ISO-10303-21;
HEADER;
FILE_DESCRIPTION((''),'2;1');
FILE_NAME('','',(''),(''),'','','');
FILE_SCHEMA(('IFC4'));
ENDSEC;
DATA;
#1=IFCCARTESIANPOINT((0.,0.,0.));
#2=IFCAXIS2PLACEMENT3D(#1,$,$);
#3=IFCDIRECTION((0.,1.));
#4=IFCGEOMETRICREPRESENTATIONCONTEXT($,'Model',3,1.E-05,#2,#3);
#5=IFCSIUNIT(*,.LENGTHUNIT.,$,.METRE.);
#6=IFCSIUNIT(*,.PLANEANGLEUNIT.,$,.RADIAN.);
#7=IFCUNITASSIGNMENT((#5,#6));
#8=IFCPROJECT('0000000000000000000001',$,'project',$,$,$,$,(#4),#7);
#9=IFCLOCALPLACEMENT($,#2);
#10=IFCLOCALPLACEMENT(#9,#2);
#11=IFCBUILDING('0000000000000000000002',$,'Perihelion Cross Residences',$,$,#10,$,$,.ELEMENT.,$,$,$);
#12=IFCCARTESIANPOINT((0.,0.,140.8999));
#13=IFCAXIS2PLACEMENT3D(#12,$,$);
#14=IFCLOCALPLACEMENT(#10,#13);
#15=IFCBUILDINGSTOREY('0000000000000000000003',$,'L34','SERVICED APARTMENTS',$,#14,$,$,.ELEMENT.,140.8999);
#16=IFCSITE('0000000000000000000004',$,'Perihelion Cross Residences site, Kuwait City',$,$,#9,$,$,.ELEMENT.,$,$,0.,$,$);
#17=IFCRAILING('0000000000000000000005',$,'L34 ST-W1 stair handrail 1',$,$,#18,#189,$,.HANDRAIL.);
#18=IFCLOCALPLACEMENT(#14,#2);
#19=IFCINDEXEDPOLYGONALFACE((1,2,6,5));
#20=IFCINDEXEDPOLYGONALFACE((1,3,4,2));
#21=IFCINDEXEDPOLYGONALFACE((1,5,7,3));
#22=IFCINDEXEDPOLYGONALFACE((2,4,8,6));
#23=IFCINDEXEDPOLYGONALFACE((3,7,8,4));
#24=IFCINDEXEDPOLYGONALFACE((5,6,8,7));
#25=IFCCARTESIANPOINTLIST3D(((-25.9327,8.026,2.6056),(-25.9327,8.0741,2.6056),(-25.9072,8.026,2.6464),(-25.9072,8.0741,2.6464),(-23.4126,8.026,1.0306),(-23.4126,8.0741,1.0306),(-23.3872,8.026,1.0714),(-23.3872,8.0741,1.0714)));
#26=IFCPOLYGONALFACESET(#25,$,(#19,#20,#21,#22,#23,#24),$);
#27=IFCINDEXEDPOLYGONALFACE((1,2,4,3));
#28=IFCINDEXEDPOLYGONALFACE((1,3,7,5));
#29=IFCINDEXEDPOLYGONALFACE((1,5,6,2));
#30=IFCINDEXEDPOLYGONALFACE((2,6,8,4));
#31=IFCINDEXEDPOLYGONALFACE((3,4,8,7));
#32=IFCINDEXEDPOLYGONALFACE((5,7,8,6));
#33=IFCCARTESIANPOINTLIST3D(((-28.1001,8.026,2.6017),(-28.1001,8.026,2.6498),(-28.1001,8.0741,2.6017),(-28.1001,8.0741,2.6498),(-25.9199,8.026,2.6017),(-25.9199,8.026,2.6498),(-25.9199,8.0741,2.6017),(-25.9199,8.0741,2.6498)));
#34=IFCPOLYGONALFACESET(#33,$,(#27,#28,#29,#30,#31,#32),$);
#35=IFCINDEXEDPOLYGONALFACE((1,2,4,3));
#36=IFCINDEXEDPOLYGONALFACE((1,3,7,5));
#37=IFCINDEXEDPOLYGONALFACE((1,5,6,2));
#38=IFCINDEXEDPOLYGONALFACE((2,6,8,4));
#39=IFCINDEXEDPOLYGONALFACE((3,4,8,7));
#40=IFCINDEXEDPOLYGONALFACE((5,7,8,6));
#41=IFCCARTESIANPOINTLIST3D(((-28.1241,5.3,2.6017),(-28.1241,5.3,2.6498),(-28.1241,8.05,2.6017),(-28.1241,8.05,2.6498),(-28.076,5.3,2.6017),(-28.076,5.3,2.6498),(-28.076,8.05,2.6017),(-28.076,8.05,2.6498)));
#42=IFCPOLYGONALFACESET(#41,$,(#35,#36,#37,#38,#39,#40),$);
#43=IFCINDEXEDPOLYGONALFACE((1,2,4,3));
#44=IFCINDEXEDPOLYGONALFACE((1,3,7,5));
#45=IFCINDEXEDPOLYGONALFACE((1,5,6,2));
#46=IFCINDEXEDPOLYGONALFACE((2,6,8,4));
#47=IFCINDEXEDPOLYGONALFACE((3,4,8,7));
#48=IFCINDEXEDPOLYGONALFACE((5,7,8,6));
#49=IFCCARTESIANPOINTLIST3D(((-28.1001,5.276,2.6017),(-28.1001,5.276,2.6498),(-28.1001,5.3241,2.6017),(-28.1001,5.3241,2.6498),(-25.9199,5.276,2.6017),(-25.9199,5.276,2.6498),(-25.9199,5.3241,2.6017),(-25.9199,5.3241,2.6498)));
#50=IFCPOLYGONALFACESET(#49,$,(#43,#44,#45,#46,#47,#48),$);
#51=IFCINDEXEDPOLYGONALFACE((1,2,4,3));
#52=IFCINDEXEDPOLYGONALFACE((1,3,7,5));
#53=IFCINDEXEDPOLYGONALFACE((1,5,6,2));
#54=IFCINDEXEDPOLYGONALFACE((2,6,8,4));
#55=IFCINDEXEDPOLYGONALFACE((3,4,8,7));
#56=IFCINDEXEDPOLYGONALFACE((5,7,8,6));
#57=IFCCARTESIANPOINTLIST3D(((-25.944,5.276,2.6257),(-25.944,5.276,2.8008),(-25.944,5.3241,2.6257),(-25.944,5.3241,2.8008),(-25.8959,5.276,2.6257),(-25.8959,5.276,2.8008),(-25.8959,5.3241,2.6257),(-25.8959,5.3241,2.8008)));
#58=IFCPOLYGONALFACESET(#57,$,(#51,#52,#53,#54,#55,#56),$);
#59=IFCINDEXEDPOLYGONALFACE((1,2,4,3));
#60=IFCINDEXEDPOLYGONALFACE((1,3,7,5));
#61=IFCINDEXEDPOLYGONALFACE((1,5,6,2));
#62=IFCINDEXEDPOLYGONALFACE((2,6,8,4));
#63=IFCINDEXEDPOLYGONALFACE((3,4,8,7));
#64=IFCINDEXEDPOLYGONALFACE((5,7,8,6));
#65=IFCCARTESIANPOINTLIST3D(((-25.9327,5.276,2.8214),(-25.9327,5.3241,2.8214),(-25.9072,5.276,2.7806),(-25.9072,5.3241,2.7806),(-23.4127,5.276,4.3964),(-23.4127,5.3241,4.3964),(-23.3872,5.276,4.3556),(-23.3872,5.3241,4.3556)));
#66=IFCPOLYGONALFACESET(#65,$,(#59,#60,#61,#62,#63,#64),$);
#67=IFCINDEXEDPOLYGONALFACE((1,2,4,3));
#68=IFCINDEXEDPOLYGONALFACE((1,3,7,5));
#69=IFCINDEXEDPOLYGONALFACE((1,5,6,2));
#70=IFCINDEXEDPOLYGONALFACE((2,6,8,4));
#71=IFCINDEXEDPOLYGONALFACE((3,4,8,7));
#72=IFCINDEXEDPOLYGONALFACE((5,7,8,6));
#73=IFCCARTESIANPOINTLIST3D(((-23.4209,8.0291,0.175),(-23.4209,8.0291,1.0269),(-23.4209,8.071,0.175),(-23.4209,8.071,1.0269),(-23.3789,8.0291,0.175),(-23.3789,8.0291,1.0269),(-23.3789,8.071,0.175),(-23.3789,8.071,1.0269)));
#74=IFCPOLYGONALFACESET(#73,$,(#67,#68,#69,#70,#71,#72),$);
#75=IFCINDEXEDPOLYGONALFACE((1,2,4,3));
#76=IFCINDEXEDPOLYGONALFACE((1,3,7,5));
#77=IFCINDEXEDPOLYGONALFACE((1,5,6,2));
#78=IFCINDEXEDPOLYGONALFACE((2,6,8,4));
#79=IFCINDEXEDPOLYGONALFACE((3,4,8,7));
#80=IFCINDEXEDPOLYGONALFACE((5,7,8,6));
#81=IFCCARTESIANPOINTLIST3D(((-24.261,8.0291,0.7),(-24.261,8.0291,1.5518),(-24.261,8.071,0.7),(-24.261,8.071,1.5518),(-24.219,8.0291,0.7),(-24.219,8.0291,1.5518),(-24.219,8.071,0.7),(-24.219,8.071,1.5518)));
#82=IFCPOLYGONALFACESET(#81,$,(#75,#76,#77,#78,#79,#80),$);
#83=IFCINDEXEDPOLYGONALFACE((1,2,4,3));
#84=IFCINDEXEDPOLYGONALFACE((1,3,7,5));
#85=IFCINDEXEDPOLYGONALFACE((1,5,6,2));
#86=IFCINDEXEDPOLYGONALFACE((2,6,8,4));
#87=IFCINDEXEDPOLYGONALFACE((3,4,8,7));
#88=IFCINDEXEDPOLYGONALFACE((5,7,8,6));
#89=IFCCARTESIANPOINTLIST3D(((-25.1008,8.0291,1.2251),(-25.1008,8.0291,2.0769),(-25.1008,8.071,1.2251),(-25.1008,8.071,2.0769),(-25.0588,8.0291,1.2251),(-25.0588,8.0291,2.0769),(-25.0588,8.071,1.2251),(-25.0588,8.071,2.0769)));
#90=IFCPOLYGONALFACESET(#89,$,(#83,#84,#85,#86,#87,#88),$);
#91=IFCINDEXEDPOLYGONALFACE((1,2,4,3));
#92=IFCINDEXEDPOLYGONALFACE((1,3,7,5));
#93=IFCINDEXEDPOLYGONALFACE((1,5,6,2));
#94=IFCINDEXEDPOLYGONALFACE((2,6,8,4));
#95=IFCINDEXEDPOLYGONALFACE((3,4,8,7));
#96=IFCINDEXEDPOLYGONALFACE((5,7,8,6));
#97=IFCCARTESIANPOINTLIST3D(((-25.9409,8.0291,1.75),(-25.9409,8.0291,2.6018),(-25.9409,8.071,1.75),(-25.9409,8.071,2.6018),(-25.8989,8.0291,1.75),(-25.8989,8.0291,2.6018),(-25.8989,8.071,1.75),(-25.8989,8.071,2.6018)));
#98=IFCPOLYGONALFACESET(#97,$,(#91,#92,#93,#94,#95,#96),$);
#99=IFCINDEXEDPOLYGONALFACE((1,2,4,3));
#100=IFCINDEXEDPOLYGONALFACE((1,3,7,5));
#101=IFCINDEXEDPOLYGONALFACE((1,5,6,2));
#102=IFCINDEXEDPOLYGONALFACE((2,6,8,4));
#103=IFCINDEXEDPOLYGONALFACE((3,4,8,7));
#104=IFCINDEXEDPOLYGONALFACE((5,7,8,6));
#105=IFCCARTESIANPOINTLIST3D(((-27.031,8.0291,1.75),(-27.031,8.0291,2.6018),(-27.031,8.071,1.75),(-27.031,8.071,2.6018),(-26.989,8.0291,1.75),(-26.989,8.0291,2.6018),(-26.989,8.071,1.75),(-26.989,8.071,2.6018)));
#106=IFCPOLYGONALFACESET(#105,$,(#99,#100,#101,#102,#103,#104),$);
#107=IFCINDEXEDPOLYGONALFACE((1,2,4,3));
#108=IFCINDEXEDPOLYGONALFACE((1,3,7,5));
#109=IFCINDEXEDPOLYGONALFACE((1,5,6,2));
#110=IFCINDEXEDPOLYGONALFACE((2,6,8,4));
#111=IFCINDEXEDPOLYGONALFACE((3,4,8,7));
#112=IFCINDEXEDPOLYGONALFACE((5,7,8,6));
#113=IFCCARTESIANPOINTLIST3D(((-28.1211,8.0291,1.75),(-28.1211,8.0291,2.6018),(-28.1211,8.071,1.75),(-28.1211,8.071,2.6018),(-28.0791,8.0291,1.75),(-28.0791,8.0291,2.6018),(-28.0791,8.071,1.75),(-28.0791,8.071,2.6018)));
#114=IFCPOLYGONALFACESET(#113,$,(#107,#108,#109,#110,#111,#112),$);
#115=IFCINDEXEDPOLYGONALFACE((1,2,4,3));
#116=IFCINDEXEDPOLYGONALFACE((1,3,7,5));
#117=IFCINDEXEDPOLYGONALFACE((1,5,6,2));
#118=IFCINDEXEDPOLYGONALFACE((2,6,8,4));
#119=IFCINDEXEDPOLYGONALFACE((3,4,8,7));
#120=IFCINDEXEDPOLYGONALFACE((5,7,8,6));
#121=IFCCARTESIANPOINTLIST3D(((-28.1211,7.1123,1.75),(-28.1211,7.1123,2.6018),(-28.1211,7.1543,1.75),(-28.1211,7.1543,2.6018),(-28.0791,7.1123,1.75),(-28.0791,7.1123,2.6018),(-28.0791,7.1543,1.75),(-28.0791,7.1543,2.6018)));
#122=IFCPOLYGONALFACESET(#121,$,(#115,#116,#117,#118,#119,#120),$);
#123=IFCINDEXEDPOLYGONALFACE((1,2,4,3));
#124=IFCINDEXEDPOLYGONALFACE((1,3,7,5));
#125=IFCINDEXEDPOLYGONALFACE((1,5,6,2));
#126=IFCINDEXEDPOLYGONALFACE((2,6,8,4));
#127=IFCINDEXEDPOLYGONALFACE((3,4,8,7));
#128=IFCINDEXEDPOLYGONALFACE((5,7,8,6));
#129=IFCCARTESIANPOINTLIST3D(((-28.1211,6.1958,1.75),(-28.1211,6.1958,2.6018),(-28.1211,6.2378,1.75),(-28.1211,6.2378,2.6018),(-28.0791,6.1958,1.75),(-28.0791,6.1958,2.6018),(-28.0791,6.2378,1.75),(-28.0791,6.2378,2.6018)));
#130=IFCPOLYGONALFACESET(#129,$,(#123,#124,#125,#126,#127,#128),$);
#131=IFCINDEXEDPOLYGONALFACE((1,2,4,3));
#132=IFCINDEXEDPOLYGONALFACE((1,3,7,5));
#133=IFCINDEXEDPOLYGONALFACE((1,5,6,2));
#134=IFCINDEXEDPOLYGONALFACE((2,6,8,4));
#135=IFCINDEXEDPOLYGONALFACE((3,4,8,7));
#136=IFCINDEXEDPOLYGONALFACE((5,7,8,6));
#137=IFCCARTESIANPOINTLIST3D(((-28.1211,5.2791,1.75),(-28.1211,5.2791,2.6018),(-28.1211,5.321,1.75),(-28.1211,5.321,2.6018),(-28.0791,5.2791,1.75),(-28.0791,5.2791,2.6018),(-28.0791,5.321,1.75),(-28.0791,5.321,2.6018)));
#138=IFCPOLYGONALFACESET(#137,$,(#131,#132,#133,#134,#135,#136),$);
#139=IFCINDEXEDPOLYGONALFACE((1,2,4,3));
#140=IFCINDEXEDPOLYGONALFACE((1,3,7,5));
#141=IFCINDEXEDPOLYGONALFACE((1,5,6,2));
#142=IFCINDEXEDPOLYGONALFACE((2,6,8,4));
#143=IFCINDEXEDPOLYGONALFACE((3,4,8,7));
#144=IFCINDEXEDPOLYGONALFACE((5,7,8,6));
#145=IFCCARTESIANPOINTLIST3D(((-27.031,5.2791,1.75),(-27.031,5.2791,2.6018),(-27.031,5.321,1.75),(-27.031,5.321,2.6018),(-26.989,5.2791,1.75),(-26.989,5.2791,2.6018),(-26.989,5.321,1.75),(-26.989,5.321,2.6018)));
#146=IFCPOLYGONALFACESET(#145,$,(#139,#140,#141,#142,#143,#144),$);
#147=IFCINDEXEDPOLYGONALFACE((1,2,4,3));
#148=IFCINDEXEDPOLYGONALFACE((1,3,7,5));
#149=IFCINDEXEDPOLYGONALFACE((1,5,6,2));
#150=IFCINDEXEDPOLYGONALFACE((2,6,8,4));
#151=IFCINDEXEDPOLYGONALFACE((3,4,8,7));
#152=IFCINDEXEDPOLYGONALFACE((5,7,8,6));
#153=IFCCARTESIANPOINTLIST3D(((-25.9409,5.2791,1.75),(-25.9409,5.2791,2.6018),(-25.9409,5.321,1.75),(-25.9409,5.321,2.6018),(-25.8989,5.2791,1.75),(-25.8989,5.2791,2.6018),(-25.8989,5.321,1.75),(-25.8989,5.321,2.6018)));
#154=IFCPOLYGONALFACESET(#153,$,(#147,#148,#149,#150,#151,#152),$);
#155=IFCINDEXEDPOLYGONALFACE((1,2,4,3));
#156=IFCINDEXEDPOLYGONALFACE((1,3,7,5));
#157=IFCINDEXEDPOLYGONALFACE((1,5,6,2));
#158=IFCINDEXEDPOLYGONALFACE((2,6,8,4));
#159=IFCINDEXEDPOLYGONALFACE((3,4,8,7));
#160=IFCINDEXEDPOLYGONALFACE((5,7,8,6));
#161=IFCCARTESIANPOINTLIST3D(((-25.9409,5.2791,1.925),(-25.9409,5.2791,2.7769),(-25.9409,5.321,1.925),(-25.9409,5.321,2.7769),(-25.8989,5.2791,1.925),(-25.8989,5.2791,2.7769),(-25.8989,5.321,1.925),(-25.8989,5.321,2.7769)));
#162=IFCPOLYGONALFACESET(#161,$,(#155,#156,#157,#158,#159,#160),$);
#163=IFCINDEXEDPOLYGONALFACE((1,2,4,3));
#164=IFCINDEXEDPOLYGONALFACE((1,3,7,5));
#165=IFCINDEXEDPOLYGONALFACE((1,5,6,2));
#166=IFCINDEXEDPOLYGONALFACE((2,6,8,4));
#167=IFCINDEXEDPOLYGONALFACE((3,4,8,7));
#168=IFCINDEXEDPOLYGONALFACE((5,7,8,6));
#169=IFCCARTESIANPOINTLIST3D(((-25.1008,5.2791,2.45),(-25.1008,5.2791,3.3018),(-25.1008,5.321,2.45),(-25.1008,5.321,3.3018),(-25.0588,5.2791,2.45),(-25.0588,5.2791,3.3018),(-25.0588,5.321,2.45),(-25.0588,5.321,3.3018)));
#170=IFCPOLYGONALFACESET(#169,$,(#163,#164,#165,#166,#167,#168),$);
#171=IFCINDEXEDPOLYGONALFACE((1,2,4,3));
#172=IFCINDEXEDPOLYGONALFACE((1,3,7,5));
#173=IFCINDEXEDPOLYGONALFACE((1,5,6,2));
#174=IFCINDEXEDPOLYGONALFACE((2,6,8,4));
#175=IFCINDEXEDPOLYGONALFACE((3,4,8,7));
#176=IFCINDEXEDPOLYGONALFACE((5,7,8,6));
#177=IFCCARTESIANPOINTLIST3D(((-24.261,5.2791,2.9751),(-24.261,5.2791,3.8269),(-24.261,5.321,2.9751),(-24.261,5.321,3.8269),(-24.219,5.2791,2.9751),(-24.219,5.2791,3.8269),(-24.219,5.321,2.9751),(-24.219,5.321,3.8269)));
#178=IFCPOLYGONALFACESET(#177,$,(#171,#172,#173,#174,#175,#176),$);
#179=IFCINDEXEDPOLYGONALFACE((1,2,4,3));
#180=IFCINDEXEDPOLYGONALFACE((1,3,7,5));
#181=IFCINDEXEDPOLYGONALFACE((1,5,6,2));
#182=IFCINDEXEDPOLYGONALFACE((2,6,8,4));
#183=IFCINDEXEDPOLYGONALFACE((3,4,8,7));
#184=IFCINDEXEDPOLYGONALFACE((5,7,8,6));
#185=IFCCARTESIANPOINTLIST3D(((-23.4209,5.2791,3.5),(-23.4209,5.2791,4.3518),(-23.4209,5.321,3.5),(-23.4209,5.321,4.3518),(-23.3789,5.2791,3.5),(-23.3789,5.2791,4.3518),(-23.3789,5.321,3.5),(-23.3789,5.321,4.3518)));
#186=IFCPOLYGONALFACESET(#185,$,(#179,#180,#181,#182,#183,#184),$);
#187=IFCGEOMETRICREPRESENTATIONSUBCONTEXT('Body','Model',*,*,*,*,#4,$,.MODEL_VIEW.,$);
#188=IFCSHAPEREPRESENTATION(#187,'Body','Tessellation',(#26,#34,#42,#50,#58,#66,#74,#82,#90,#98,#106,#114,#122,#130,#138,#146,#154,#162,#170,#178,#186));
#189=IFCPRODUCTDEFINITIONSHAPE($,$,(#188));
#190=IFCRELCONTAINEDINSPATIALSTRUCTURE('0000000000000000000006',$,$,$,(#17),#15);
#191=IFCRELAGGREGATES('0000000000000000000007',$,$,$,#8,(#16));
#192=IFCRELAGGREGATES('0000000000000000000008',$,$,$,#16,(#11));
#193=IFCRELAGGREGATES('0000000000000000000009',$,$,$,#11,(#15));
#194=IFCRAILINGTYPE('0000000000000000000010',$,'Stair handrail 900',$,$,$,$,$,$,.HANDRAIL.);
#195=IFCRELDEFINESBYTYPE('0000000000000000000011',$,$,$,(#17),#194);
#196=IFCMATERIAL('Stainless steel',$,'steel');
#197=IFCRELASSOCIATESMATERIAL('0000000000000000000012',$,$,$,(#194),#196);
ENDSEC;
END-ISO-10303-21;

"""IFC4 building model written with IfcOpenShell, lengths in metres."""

from ifc_helpers import new_model, si_unit, direction, frame, origin, origin_2d, place, context, subcontext, project, spatial, rectangle, extrude, material, type_object, element, save


model = new_model("IFC4")

# Units and contexts
model_context = context("Model", 3, precision=1e-05, world=origin(), true_north=direction((0.0, 1.0)))
body_context = subcontext(model_context, "Body", "Model", "MODEL_VIEW")
ifc_project = project(units=[si_unit("LENGTHUNIT", "METRE"), si_unit("PLANEANGLEUNIT", "RADIAN")], contexts=[model_context])

# Site, building, storey
site_placement = place(None, origin())
site = spatial("IfcSite", under=ifc_project, at=site_placement, Name="Perihelion Cross Residences site, Kuwait City", CompositionType="ELEMENT", RefElevation=0.0)
building_placement = place(site_placement, origin())
building = spatial("IfcBuilding", under=site, at=building_placement, Name="Perihelion Cross Residences", CompositionType="ELEMENT")
storey_placement = place(building_placement, frame((0.0, 0.0, 140.8999)))
storey = spatial("IfcBuildingStorey", under=building, at=storey_placement, Name="L34", Description="SERVICED APARTMENTS", CompositionType="ELEMENT", Elevation=140.8999)

# Railing
ifc_material_1 = material(Name="Stainless steel", Category="steel")
railing_type_1 = type_object("IfcRailingType", Name="Stair handrail 900", PredefinedType="HANDRAIL", material=ifc_material_1)
railing_1_placement = place(storey_placement, frame((-23.3999, 8.05, 0.175)))
element("IfcRailing", 1, at=railing_1_placement, inside=storey, type_object=railing_type_1, Name="L34 ST-W1 stair handrail 1", PredefinedType="HANDRAIL", context=body_context, shape_type="SweptSolid", body=[
    extrude(rectangle(XDim=0.0481, YDim=0.0481, at=origin_2d()), frame((0.0, 0.0, 0.876), z_axis=(-0.848008, 0.0, 0.529984), x_axis=(0.0, -1.0, 0.0)), (0.0, 0.0, 1.0), 2.9717),
    extrude(rectangle(XDim=0.0481, YDim=0.0481, at=origin_2d()), frame((-2.52, 0.0, 2.4507), z_axis=(-1.0, 0.0, 0.0), x_axis=(0.0, -1.0, 0.0)), (0.0, 0.0, 1.0), 2.1802),
    extrude(rectangle(XDim=0.0481, YDim=0.0481, at=origin_2d()), frame((-4.7002, 0.0, 2.4507), z_axis=(0.0, -1.0, 0.0), x_axis=(1.0, 0.0, 0.0)), (0.0, 0.0, 1.0), 2.75),
    extrude(rectangle(XDim=0.0481, YDim=0.0481, at=origin_2d()), frame((-4.7002, -2.75, 2.4507), z_axis=(1.0, 0.0, 0.0), x_axis=(0.0, 1.0, 0.0)), (0.0, 0.0, 1.0), 2.1802),
    extrude(rectangle(XDim=0.0481, YDim=0.0481, at=origin_2d()), frame((-2.52, -2.75, 2.4507), z_axis=(0.0, 0.0, 1.0), x_axis=(1.0, 0.0, 0.0)), (0.0, 0.0, 1.0), 0.175),
    extrude(rectangle(XDim=0.0481, YDim=0.0481, at=origin_2d()), frame((-2.52, -2.75, 2.626), z_axis=(0.848008, 0.0, 0.529984), x_axis=(0.0, 1.0, 0.0)), (0.0, 0.0, 1.0), 2.9717),
    extrude(rectangle(XDim=0.042, YDim=0.042, at=origin_2d()), origin(), (0.0, 0.0, 1.0), 0.8518),
    extrude(rectangle(XDim=0.042, YDim=0.042, at=origin_2d()), frame((-0.8401, 0.0, 0.5249)), (0.0, 0.0, 1.0), 0.8518),
    extrude(rectangle(XDim=0.042, YDim=0.042, at=origin_2d()), frame((-1.6799, 0.0, 1.05)), (0.0, 0.0, 1.0), 0.8518),
    extrude(rectangle(XDim=0.042, YDim=0.042, at=origin_2d()), frame((-2.52, 0.0, 1.575)), (0.0, 0.0, 1.0), 0.8518),
    extrude(rectangle(XDim=0.042, YDim=0.042, at=origin_2d()), frame((-3.6101, 0.0, 1.575)), (0.0, 0.0, 1.0), 0.8518),
    extrude(rectangle(XDim=0.042, YDim=0.042, at=origin_2d()), frame((-4.7002, 0.0, 1.575)), (0.0, 0.0, 1.0), 0.8518),
    extrude(rectangle(XDim=0.042, YDim=0.042, at=origin_2d()), frame((-4.7002, -0.9167, 1.575)), (0.0, 0.0, 1.0), 0.8518),
    extrude(rectangle(XDim=0.042, YDim=0.042, at=origin_2d()), frame((-4.7002, -1.8333, 1.575)), (0.0, 0.0, 1.0), 0.8518),
    extrude(rectangle(XDim=0.042, YDim=0.042, at=origin_2d()), frame((-4.7002, -2.75, 1.575)), (0.0, 0.0, 1.0), 0.8518),
    extrude(rectangle(XDim=0.042, YDim=0.042, at=origin_2d()), frame((-3.6101, -2.75, 1.575)), (0.0, 0.0, 1.0), 0.8518),
    extrude(rectangle(XDim=0.042, YDim=0.042, at=origin_2d()), frame((-2.52, -2.75, 1.575)), (0.0, 0.0, 1.0), 0.8518),
    extrude(rectangle(XDim=0.042, YDim=0.042, at=origin_2d()), frame((-2.52, -2.75, 1.75)), (0.0, 0.0, 1.0), 0.8518),
    extrude(rectangle(XDim=0.042, YDim=0.042, at=origin_2d()), frame((-1.6799, -2.75, 2.2749)), (0.0, 0.0, 1.0), 0.8518),
    extrude(rectangle(XDim=0.042, YDim=0.042, at=origin_2d()), frame((-0.8401, -2.75, 2.8)), (0.0, 0.0, 1.0), 0.8518),
    extrude(rectangle(XDim=0.042, YDim=0.042, at=origin_2d()), frame((0.0, -2.75, 3.325)), (0.0, 0.0, 1.0), 0.8518),
])

save(model, "model.ifc")
